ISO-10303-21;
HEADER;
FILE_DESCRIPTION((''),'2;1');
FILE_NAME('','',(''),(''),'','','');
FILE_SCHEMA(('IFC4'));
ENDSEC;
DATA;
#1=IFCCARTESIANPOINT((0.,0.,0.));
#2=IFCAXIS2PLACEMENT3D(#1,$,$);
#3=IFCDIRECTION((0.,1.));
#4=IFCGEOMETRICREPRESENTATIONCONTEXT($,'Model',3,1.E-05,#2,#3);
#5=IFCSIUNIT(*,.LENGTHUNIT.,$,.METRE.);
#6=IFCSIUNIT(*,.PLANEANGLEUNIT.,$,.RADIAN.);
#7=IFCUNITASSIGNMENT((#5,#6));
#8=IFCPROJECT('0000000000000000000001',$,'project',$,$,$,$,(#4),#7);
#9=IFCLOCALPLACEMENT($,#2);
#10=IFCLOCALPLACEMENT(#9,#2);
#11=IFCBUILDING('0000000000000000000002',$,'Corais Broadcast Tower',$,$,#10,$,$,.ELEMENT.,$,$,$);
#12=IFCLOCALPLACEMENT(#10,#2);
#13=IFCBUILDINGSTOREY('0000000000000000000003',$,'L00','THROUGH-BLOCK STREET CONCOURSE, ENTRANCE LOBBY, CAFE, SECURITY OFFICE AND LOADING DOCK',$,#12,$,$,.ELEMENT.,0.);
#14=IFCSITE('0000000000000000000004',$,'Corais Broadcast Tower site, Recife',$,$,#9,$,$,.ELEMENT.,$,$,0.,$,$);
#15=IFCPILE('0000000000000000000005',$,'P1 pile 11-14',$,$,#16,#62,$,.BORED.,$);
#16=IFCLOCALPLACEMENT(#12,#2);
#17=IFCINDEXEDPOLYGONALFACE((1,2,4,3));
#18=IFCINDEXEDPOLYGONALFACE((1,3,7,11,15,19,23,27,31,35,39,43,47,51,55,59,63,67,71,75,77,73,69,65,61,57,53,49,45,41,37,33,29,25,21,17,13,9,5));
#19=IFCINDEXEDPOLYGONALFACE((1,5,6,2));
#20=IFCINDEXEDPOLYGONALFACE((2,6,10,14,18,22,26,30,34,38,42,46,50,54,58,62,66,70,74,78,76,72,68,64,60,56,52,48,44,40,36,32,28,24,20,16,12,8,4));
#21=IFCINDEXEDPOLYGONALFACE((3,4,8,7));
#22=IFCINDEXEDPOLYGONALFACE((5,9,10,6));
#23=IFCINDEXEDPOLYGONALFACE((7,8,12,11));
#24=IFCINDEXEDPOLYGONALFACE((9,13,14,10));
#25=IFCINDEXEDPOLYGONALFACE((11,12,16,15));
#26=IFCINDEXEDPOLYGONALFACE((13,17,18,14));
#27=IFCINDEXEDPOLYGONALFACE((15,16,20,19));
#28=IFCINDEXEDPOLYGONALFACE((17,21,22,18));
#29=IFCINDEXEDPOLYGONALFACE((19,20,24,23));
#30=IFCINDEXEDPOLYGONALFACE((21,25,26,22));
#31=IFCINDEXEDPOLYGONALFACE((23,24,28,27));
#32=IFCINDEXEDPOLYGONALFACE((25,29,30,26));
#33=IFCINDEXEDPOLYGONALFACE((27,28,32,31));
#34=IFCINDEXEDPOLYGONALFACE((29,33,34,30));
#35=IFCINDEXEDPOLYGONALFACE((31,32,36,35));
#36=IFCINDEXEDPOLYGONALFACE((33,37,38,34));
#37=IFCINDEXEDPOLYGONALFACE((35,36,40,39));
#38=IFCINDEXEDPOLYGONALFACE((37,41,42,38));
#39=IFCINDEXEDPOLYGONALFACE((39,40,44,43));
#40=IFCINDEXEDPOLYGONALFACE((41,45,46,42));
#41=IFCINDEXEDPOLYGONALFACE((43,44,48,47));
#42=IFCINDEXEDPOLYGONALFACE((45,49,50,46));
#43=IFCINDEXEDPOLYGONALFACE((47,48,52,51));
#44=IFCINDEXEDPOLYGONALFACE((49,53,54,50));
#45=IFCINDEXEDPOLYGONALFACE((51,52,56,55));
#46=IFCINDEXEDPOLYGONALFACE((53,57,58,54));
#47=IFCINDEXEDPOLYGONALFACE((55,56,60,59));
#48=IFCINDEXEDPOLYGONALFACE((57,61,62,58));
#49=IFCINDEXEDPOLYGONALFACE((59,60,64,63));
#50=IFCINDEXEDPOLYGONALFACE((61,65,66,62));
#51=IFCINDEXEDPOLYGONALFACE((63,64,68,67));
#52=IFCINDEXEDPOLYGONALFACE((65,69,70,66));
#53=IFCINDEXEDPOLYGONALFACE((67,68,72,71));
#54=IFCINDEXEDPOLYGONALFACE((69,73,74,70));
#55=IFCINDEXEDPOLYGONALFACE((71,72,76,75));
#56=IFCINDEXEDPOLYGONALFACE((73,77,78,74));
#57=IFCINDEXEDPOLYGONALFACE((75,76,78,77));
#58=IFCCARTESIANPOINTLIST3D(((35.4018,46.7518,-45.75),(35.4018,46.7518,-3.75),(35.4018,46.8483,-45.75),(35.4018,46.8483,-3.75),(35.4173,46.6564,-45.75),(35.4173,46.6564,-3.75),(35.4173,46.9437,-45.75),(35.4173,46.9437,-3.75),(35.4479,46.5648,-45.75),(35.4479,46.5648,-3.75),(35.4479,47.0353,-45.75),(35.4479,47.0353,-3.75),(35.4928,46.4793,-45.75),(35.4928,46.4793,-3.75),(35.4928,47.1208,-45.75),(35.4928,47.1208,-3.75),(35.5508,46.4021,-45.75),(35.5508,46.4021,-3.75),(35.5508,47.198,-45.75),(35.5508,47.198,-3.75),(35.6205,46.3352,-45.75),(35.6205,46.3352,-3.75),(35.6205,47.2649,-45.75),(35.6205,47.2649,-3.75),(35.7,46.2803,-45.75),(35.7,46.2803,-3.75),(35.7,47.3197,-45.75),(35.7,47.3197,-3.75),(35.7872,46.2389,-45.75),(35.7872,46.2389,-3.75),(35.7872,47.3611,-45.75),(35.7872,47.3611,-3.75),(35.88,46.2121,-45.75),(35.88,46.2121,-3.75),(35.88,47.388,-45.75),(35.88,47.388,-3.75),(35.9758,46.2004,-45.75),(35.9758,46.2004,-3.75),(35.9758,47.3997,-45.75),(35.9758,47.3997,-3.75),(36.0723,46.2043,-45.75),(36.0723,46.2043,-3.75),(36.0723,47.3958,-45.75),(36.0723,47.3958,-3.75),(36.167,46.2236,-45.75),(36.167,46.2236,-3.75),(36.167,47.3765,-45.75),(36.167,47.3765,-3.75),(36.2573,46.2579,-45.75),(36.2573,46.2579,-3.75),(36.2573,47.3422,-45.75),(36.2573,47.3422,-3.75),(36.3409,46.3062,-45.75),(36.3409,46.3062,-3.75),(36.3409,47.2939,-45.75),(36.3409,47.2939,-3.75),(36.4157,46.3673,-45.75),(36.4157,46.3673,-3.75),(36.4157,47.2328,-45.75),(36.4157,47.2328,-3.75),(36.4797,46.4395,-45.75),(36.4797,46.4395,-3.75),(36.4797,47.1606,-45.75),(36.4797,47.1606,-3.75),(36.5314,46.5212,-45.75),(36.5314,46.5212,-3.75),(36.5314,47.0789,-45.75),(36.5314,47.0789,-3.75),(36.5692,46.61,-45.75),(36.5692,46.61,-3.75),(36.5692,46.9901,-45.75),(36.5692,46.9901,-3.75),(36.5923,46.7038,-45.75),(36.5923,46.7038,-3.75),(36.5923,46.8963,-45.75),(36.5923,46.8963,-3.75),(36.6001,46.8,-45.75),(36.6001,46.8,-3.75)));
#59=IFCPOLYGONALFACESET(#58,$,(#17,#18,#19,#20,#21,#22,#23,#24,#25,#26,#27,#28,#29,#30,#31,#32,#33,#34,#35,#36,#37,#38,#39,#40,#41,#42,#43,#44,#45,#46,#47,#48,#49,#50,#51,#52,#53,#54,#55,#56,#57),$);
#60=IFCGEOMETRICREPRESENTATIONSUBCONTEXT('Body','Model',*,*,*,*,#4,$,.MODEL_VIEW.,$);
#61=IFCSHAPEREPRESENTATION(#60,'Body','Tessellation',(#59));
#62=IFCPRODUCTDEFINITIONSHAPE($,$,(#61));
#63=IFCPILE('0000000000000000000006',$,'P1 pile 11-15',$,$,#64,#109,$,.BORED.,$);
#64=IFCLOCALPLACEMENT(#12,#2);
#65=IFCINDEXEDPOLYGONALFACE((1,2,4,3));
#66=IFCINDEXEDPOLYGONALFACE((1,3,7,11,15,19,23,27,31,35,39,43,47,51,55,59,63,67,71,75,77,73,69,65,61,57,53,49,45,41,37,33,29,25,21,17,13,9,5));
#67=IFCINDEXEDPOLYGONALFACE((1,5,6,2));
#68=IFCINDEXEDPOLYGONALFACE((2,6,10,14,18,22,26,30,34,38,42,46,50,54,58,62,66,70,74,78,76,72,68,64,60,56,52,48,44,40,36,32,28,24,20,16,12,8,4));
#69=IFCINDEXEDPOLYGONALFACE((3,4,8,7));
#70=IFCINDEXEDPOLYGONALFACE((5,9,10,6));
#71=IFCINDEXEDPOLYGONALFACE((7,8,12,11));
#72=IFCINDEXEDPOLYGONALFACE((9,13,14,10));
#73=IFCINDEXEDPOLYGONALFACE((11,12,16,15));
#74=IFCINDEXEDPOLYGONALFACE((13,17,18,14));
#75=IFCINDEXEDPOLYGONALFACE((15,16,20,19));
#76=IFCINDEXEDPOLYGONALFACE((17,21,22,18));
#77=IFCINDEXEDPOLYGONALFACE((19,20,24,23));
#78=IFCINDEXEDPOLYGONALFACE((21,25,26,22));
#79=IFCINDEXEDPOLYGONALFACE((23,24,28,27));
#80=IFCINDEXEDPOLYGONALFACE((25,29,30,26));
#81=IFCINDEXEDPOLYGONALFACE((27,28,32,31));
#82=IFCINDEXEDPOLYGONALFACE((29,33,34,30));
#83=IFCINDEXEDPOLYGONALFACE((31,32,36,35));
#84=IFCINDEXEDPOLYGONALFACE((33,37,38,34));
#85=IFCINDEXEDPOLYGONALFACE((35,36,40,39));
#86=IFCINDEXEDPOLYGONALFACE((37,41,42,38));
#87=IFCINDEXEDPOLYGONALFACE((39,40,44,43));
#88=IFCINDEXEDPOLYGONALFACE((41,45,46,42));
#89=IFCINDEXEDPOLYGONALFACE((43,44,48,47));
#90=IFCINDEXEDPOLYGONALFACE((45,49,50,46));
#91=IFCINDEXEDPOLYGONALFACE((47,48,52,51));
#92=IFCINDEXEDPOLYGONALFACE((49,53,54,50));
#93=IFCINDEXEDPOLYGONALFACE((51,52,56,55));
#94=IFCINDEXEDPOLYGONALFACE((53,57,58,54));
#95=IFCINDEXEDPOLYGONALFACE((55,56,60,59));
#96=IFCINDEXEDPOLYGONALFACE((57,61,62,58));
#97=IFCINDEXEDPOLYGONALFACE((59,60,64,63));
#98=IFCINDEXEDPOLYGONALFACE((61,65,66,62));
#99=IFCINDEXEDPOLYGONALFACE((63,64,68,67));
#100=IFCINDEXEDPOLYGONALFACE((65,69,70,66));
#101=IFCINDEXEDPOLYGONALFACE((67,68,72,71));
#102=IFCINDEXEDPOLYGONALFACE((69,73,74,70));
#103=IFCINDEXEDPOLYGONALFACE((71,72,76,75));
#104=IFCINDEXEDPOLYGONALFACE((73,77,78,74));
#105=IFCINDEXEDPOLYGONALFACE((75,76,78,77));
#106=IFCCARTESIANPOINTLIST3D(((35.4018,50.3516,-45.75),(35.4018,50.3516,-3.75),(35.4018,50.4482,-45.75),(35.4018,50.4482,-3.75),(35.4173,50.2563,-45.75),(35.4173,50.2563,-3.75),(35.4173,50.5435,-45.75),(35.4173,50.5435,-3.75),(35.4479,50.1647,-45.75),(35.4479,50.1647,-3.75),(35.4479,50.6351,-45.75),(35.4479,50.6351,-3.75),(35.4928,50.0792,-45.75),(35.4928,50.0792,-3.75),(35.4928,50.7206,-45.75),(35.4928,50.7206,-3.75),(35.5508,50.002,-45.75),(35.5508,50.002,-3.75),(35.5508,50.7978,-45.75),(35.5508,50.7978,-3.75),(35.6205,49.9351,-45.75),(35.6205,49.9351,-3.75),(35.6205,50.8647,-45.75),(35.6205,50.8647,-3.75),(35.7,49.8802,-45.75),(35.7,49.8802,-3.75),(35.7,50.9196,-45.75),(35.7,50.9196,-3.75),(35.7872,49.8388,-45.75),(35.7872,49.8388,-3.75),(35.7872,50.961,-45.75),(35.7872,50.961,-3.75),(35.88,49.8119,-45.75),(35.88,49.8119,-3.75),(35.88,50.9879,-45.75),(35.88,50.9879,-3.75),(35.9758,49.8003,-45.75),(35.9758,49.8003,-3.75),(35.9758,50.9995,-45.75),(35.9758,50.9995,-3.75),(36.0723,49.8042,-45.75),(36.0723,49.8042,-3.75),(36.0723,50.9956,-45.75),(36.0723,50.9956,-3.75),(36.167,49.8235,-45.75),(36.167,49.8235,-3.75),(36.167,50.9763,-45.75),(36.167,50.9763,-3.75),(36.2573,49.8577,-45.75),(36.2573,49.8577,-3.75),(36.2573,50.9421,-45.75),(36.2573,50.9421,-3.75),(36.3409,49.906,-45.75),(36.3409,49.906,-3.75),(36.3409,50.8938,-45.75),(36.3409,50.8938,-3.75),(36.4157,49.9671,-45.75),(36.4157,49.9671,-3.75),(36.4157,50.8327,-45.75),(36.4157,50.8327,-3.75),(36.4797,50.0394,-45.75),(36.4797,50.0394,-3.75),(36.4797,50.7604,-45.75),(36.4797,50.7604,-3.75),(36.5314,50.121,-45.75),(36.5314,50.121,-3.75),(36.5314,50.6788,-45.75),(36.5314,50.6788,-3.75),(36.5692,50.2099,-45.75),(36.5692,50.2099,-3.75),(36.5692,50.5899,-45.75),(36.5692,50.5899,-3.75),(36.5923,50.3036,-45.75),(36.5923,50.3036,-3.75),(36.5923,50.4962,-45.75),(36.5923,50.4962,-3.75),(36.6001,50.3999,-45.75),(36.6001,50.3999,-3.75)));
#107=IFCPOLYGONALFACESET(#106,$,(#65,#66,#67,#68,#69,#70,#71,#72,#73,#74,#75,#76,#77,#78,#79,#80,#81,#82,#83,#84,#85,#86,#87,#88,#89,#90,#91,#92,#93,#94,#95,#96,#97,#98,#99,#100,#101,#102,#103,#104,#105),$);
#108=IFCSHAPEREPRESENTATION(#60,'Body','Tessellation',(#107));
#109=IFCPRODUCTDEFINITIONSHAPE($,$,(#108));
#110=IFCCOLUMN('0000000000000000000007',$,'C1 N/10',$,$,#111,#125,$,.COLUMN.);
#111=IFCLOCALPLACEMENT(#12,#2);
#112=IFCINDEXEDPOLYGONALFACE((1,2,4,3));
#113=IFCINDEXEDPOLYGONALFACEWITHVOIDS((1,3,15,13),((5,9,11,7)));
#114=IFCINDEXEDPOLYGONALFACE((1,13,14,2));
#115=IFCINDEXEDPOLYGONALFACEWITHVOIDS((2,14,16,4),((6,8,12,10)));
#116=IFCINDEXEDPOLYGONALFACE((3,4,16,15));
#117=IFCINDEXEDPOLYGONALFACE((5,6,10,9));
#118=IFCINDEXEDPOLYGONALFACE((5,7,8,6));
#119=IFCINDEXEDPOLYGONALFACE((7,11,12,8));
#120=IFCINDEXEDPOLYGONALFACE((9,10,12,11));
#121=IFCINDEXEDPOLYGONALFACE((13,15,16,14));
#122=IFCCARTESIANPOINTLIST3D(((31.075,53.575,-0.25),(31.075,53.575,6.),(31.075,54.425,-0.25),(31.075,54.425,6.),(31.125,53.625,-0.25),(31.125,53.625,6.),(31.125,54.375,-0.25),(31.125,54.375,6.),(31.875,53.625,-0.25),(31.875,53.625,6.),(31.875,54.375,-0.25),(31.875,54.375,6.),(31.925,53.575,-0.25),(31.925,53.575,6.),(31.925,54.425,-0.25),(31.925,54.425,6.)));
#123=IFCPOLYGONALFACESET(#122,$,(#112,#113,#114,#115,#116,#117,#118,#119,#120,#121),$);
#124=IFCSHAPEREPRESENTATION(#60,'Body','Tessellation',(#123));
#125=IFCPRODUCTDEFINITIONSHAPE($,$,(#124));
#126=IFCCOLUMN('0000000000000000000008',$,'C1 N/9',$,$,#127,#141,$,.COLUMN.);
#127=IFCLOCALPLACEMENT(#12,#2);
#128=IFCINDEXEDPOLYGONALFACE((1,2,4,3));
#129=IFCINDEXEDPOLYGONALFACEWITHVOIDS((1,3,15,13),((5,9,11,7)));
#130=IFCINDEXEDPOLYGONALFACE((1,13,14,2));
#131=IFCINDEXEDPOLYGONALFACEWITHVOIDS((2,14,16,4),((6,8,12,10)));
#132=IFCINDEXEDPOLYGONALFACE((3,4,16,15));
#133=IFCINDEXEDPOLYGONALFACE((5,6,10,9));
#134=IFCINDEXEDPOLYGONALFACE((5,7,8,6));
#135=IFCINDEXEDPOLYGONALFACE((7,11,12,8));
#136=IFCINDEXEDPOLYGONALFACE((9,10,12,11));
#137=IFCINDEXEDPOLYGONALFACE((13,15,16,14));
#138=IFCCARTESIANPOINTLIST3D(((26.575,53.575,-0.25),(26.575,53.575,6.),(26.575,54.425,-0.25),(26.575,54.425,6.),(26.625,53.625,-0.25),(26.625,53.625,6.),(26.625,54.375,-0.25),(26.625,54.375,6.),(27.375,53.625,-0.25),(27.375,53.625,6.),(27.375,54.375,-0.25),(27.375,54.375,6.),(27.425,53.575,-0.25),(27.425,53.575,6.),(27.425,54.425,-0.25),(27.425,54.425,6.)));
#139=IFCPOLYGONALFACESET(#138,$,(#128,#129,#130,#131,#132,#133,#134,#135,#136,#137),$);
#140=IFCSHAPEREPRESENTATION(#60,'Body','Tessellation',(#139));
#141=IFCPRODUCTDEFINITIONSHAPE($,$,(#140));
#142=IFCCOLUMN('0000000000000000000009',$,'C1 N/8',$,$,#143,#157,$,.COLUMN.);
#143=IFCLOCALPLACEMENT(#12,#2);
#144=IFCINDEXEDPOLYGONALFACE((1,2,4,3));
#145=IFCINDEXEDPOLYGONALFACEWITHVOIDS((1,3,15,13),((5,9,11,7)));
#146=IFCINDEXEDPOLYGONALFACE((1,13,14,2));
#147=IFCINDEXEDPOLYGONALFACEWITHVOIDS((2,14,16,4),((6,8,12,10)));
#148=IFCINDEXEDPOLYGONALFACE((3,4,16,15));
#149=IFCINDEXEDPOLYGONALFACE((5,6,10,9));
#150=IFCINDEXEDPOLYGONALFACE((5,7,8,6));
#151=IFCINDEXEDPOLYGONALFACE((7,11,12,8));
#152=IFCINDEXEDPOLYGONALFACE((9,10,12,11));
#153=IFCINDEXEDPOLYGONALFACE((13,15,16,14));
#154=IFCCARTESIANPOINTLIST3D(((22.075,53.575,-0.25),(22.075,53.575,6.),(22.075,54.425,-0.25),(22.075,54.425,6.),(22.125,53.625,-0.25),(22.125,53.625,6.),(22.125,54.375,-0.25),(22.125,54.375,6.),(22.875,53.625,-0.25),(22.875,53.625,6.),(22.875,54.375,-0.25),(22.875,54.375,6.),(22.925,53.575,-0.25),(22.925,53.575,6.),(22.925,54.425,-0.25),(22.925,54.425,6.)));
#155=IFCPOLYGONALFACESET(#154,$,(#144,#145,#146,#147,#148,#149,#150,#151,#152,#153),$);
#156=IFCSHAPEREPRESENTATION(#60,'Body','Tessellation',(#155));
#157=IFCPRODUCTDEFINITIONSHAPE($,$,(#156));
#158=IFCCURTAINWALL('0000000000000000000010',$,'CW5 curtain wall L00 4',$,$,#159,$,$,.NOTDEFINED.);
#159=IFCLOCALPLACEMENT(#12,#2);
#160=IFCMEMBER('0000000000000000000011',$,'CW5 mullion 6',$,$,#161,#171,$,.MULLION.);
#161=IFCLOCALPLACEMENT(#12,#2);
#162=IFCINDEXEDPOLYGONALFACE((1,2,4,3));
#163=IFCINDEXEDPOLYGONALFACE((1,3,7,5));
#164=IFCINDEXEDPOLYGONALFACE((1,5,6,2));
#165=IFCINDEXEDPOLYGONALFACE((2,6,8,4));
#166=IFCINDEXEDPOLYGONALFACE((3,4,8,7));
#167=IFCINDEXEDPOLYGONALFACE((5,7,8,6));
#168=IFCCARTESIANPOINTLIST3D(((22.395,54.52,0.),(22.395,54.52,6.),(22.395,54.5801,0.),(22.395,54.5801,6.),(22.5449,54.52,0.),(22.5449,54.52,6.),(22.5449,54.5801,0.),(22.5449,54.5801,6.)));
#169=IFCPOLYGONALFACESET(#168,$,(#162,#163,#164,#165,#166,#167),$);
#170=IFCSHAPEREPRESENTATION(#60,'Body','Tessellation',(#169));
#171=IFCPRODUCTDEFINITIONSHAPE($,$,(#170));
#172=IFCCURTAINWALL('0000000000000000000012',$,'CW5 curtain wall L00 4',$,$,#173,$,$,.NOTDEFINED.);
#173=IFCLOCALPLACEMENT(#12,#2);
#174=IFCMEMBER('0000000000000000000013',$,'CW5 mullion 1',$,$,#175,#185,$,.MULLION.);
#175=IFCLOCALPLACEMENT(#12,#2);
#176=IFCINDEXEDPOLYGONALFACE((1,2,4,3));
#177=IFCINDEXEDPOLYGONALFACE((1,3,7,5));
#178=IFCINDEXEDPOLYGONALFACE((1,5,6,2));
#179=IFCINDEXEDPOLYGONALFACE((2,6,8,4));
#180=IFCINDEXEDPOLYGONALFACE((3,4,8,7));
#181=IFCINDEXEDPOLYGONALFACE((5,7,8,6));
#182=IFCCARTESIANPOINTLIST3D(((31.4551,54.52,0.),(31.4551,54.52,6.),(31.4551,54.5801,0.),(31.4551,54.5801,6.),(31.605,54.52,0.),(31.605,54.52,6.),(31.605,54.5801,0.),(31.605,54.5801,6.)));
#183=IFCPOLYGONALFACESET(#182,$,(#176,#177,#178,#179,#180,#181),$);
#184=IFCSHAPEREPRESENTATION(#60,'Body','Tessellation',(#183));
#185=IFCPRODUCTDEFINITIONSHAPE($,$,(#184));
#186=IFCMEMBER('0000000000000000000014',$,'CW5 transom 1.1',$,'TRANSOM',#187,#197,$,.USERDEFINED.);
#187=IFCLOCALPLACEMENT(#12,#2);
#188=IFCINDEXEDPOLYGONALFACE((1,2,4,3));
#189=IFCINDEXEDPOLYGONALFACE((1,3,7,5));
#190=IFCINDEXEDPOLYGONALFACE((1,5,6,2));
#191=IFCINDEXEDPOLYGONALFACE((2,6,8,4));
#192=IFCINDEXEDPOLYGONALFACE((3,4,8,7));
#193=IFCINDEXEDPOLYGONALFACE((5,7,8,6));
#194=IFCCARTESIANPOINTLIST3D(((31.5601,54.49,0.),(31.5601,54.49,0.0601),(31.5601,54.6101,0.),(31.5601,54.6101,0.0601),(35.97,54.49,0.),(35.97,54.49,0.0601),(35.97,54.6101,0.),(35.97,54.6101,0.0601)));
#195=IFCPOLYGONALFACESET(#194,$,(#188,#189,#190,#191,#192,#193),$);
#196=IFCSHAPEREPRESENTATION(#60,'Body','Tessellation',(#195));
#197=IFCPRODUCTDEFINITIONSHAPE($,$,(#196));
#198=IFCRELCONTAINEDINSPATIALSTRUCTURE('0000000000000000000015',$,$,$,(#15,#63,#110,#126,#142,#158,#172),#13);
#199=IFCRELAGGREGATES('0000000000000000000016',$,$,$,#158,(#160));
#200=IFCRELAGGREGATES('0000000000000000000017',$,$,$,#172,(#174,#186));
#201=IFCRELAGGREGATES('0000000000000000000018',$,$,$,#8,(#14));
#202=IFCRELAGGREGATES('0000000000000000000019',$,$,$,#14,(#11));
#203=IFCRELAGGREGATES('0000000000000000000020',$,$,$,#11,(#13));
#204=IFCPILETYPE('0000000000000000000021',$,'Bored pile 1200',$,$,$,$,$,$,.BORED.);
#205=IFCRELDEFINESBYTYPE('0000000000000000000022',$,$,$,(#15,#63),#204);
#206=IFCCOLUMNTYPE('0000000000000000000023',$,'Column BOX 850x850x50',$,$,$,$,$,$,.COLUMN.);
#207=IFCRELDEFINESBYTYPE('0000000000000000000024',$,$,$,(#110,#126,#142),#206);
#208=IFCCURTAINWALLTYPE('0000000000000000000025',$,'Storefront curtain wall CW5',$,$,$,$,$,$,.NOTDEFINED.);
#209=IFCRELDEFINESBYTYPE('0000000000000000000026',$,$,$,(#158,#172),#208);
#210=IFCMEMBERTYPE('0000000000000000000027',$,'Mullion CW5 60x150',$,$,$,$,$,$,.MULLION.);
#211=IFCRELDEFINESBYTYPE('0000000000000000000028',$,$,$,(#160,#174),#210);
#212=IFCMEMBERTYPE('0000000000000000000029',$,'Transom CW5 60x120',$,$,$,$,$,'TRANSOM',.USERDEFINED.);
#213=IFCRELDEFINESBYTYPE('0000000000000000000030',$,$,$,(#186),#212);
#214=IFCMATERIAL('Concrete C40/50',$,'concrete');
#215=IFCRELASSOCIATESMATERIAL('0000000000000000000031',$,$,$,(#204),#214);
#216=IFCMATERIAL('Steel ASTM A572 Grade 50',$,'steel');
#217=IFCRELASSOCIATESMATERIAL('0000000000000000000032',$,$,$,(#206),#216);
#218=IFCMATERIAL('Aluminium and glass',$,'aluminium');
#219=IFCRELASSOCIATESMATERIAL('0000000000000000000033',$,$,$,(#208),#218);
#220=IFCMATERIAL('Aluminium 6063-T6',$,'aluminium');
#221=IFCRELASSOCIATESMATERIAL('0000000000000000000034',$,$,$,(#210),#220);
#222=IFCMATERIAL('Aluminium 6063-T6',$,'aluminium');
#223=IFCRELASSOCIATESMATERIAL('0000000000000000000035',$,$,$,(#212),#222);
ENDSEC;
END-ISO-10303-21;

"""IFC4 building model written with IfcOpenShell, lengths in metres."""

from ifc_helpers import new_model, si_unit, direction, frame, origin, origin_2d, place, context, subcontext, project, spatial, rectangle, hollow_rectangle, circle, extrude, material, material_profile, profile_set, type_object, element, aggregate, save


model = new_model("IFC4")

# Units and contexts
model_context = context("Model", 3, precision=1e-05, world=origin(), true_north=direction((0.0, 1.0)))
body_context = subcontext(model_context, "Body", "Model", "MODEL_VIEW")
ifc_project = project(units=[si_unit("LENGTHUNIT", "METRE"), si_unit("PLANEANGLEUNIT", "RADIAN")], contexts=[model_context])

# Site, building, storey
site_placement = place(None, origin())
site = spatial("IfcSite", under=ifc_project, at=site_placement, Name="Corais Broadcast Tower site, Recife", CompositionType="ELEMENT", RefElevation=0.0)
building_placement = place(site_placement, origin())
building = spatial("IfcBuilding", under=site, at=building_placement, Name="Corais Broadcast Tower", CompositionType="ELEMENT")
storey_placement = place(building_placement, origin())
storey = spatial("IfcBuildingStorey", under=building, at=storey_placement, Name="L00", Description="THROUGH-BLOCK STREET CONCOURSE, ENTRANCE LOBBY, CAFE, SECURITY OFFICE AND LOADING DOCK", CompositionType="ELEMENT", Elevation=0.0)

# Piles
ifc_material_1 = material(Name="Concrete C40/50", Category="concrete")
pile_type = type_object("IfcPileType", Name="Bored pile 1200", PredefinedType="BORED", material=ifc_material_1)
for number, where, z_axis, x_axis, name in (
    (1, (36.0, 46.8, -3.75), (0.0, 0.0, -1.0), (1.0, 0.0, 0.0), "P1 pile 11-14"),
    (2, (36.0, 50.3999, -3.75), (0.0, 0.0, -1.0), (1.0, 0.0, 0.0), "P1 pile 11-15"),
):
    element("IfcPile", number, at=place(storey_placement, frame(where, z_axis=z_axis, x_axis=x_axis)), inside=storey, type_object=pile_type, Name=name, PredefinedType="BORED", context=body_context, shape_type="SweptSolid", body=[
        extrude(circle(Radius=0.6001, at=origin_2d()), origin(), (0.0, 0.0, 1.0), 42.0),
    ])

# Columns
ifc_material_2 = material(Name="Steel ASTM A572 Grade 50", Category="steel")
ifc_material_profile_1 = material_profile(ifc_material_2, hollow_rectangle(XDim=0.8501, YDim=0.8501, WallThickness=0.05, at=origin_2d()), Name="BOX 850x850x50")
ifc_profile_set_1 = profile_set([ifc_material_profile_1], Name="Steel ASTM A572 Grade 50")
column_type = type_object("IfcColumnType", Name="Column BOX 850x850x50", PredefinedType="COLUMN", material=ifc_profile_set_1)
for number, where, z_axis, x_axis, name in (
    (3, (31.5, 54.0, -0.25), (0.0, 0.0, 1.0), (1.0, 0.0, 0.0), "C1 N/10"),
    (4, (27.0, 54.0, -0.25), (0.0, 0.0, 1.0), (1.0, 0.0, 0.0), "C1 N/9"),
    (5, (22.5, 54.0, -0.25), (0.0, 0.0, 1.0), (1.0, 0.0, 0.0), "C1 N/8"),
):
    element("IfcColumn", number, at=place(storey_placement, frame(where, z_axis=z_axis, x_axis=x_axis)), inside=storey, type_object=column_type, Name=name, PredefinedType="COLUMN", context=body_context, shape_type="SweptSolid", body=[
        extrude(hollow_rectangle(XDim=0.8501, YDim=0.8501, WallThickness=0.05, at=origin_2d()), origin(), (0.0, 0.0, 1.0), 6.25),
    ])

# Curtain wall, member
ifc_material_3 = material(Name="Aluminium and glass", Category="aluminium")
curtain_wall_type = type_object("IfcCurtainWallType", Name="Storefront curtain wall CW5", PredefinedType="NOTDEFINED", material=ifc_material_3)
curtain_wall_1_placement = place(storey_placement, origin())
curtain_wall_1 = element("IfcCurtainWall", 6, at=curtain_wall_1_placement, inside=storey, type_object=curtain_wall_type, Name="CW5 curtain wall L00 4", PredefinedType="NOTDEFINED")
ifc_material_4 = material(Name="Aluminium 6063-T6", Category="aluminium")
ifc_material_profile_2 = material_profile(ifc_material_4, rectangle(XDim=0.0601, YDim=0.1499, at=origin_2d()), Name="Mullion CW5 60x150")
ifc_profile_set_2 = profile_set([ifc_material_profile_2], Name="Aluminium 6063-T6")
member_type_1 = type_object("IfcMemberType", Name="Mullion CW5 60x150", PredefinedType="MULLION", material=ifc_profile_set_2)
member_1_placement = place(storey_placement, frame((22.47, 54.55, 0.0), z_axis=(0.0, 0.0, 1.0), x_axis=(0.0, 1.0, 0.0)))
member_1 = element("IfcMember", 7, at=member_1_placement, type_object=member_type_1, Name="CW5 mullion 6", PredefinedType="MULLION", context=body_context, shape_type="SweptSolid", body=[
    extrude(rectangle(XDim=0.0601, YDim=0.1499, at=origin_2d()), origin(), (0.0, 0.0, 1.0), 6.0),
])
aggregate(curtain_wall_1, [member_1])

# Curtain wall, members
curtain_wall_2_placement = place(storey_placement, origin())
curtain_wall_2 = element("IfcCurtainWall", 8, at=curtain_wall_2_placement, inside=storey, type_object=curtain_wall_type, Name="CW5 curtain wall L00 4", PredefinedType="NOTDEFINED")
member_2_placement = place(storey_placement, frame((31.53, 54.55, 0.0), z_axis=(0.0, 0.0, 1.0), x_axis=(0.0, 1.0, 0.0)))
member_2 = element("IfcMember", 9, at=member_2_placement, type_object=member_type_1, Name="CW5 mullion 1", PredefinedType="MULLION", context=body_context, shape_type="SweptSolid", body=[
    extrude(rectangle(XDim=0.0601, YDim=0.1499, at=origin_2d()), origin(), (0.0, 0.0, 1.0), 6.0),
])
ifc_material_5 = material(Name="Aluminium 6063-T6", Category="aluminium")
ifc_material_profile_3 = material_profile(ifc_material_5, rectangle(XDim=0.1201, YDim=0.0601, at=origin_2d()), Name="Transom CW5 60x120")
ifc_profile_set_3 = profile_set([ifc_material_profile_3], Name="Aluminium 6063-T6")
member_type_2 = type_object("IfcMemberType", Name="Transom CW5 60x120", ElementType="TRANSOM", PredefinedType="USERDEFINED", material=ifc_profile_set_3)
member_3_placement = place(storey_placement, frame((31.5601, 54.55, 0.03), z_axis=(1.0, 0.0, 0.0), x_axis=(0.0, 1.0, 0.0)))
member_3 = element("IfcMember", 10, at=member_3_placement, type_object=member_type_2, Name="CW5 transom 1.1", ObjectType="TRANSOM", PredefinedType="USERDEFINED", context=body_context, shape_type="SweptSolid", body=[
    extrude(rectangle(XDim=0.1201, YDim=0.0601, at=origin_2d()), origin(), (0.0, 0.0, 1.0), 4.4099),
])
aggregate(curtain_wall_2, [member_2, member_3])

save(model, "model.ifc")
